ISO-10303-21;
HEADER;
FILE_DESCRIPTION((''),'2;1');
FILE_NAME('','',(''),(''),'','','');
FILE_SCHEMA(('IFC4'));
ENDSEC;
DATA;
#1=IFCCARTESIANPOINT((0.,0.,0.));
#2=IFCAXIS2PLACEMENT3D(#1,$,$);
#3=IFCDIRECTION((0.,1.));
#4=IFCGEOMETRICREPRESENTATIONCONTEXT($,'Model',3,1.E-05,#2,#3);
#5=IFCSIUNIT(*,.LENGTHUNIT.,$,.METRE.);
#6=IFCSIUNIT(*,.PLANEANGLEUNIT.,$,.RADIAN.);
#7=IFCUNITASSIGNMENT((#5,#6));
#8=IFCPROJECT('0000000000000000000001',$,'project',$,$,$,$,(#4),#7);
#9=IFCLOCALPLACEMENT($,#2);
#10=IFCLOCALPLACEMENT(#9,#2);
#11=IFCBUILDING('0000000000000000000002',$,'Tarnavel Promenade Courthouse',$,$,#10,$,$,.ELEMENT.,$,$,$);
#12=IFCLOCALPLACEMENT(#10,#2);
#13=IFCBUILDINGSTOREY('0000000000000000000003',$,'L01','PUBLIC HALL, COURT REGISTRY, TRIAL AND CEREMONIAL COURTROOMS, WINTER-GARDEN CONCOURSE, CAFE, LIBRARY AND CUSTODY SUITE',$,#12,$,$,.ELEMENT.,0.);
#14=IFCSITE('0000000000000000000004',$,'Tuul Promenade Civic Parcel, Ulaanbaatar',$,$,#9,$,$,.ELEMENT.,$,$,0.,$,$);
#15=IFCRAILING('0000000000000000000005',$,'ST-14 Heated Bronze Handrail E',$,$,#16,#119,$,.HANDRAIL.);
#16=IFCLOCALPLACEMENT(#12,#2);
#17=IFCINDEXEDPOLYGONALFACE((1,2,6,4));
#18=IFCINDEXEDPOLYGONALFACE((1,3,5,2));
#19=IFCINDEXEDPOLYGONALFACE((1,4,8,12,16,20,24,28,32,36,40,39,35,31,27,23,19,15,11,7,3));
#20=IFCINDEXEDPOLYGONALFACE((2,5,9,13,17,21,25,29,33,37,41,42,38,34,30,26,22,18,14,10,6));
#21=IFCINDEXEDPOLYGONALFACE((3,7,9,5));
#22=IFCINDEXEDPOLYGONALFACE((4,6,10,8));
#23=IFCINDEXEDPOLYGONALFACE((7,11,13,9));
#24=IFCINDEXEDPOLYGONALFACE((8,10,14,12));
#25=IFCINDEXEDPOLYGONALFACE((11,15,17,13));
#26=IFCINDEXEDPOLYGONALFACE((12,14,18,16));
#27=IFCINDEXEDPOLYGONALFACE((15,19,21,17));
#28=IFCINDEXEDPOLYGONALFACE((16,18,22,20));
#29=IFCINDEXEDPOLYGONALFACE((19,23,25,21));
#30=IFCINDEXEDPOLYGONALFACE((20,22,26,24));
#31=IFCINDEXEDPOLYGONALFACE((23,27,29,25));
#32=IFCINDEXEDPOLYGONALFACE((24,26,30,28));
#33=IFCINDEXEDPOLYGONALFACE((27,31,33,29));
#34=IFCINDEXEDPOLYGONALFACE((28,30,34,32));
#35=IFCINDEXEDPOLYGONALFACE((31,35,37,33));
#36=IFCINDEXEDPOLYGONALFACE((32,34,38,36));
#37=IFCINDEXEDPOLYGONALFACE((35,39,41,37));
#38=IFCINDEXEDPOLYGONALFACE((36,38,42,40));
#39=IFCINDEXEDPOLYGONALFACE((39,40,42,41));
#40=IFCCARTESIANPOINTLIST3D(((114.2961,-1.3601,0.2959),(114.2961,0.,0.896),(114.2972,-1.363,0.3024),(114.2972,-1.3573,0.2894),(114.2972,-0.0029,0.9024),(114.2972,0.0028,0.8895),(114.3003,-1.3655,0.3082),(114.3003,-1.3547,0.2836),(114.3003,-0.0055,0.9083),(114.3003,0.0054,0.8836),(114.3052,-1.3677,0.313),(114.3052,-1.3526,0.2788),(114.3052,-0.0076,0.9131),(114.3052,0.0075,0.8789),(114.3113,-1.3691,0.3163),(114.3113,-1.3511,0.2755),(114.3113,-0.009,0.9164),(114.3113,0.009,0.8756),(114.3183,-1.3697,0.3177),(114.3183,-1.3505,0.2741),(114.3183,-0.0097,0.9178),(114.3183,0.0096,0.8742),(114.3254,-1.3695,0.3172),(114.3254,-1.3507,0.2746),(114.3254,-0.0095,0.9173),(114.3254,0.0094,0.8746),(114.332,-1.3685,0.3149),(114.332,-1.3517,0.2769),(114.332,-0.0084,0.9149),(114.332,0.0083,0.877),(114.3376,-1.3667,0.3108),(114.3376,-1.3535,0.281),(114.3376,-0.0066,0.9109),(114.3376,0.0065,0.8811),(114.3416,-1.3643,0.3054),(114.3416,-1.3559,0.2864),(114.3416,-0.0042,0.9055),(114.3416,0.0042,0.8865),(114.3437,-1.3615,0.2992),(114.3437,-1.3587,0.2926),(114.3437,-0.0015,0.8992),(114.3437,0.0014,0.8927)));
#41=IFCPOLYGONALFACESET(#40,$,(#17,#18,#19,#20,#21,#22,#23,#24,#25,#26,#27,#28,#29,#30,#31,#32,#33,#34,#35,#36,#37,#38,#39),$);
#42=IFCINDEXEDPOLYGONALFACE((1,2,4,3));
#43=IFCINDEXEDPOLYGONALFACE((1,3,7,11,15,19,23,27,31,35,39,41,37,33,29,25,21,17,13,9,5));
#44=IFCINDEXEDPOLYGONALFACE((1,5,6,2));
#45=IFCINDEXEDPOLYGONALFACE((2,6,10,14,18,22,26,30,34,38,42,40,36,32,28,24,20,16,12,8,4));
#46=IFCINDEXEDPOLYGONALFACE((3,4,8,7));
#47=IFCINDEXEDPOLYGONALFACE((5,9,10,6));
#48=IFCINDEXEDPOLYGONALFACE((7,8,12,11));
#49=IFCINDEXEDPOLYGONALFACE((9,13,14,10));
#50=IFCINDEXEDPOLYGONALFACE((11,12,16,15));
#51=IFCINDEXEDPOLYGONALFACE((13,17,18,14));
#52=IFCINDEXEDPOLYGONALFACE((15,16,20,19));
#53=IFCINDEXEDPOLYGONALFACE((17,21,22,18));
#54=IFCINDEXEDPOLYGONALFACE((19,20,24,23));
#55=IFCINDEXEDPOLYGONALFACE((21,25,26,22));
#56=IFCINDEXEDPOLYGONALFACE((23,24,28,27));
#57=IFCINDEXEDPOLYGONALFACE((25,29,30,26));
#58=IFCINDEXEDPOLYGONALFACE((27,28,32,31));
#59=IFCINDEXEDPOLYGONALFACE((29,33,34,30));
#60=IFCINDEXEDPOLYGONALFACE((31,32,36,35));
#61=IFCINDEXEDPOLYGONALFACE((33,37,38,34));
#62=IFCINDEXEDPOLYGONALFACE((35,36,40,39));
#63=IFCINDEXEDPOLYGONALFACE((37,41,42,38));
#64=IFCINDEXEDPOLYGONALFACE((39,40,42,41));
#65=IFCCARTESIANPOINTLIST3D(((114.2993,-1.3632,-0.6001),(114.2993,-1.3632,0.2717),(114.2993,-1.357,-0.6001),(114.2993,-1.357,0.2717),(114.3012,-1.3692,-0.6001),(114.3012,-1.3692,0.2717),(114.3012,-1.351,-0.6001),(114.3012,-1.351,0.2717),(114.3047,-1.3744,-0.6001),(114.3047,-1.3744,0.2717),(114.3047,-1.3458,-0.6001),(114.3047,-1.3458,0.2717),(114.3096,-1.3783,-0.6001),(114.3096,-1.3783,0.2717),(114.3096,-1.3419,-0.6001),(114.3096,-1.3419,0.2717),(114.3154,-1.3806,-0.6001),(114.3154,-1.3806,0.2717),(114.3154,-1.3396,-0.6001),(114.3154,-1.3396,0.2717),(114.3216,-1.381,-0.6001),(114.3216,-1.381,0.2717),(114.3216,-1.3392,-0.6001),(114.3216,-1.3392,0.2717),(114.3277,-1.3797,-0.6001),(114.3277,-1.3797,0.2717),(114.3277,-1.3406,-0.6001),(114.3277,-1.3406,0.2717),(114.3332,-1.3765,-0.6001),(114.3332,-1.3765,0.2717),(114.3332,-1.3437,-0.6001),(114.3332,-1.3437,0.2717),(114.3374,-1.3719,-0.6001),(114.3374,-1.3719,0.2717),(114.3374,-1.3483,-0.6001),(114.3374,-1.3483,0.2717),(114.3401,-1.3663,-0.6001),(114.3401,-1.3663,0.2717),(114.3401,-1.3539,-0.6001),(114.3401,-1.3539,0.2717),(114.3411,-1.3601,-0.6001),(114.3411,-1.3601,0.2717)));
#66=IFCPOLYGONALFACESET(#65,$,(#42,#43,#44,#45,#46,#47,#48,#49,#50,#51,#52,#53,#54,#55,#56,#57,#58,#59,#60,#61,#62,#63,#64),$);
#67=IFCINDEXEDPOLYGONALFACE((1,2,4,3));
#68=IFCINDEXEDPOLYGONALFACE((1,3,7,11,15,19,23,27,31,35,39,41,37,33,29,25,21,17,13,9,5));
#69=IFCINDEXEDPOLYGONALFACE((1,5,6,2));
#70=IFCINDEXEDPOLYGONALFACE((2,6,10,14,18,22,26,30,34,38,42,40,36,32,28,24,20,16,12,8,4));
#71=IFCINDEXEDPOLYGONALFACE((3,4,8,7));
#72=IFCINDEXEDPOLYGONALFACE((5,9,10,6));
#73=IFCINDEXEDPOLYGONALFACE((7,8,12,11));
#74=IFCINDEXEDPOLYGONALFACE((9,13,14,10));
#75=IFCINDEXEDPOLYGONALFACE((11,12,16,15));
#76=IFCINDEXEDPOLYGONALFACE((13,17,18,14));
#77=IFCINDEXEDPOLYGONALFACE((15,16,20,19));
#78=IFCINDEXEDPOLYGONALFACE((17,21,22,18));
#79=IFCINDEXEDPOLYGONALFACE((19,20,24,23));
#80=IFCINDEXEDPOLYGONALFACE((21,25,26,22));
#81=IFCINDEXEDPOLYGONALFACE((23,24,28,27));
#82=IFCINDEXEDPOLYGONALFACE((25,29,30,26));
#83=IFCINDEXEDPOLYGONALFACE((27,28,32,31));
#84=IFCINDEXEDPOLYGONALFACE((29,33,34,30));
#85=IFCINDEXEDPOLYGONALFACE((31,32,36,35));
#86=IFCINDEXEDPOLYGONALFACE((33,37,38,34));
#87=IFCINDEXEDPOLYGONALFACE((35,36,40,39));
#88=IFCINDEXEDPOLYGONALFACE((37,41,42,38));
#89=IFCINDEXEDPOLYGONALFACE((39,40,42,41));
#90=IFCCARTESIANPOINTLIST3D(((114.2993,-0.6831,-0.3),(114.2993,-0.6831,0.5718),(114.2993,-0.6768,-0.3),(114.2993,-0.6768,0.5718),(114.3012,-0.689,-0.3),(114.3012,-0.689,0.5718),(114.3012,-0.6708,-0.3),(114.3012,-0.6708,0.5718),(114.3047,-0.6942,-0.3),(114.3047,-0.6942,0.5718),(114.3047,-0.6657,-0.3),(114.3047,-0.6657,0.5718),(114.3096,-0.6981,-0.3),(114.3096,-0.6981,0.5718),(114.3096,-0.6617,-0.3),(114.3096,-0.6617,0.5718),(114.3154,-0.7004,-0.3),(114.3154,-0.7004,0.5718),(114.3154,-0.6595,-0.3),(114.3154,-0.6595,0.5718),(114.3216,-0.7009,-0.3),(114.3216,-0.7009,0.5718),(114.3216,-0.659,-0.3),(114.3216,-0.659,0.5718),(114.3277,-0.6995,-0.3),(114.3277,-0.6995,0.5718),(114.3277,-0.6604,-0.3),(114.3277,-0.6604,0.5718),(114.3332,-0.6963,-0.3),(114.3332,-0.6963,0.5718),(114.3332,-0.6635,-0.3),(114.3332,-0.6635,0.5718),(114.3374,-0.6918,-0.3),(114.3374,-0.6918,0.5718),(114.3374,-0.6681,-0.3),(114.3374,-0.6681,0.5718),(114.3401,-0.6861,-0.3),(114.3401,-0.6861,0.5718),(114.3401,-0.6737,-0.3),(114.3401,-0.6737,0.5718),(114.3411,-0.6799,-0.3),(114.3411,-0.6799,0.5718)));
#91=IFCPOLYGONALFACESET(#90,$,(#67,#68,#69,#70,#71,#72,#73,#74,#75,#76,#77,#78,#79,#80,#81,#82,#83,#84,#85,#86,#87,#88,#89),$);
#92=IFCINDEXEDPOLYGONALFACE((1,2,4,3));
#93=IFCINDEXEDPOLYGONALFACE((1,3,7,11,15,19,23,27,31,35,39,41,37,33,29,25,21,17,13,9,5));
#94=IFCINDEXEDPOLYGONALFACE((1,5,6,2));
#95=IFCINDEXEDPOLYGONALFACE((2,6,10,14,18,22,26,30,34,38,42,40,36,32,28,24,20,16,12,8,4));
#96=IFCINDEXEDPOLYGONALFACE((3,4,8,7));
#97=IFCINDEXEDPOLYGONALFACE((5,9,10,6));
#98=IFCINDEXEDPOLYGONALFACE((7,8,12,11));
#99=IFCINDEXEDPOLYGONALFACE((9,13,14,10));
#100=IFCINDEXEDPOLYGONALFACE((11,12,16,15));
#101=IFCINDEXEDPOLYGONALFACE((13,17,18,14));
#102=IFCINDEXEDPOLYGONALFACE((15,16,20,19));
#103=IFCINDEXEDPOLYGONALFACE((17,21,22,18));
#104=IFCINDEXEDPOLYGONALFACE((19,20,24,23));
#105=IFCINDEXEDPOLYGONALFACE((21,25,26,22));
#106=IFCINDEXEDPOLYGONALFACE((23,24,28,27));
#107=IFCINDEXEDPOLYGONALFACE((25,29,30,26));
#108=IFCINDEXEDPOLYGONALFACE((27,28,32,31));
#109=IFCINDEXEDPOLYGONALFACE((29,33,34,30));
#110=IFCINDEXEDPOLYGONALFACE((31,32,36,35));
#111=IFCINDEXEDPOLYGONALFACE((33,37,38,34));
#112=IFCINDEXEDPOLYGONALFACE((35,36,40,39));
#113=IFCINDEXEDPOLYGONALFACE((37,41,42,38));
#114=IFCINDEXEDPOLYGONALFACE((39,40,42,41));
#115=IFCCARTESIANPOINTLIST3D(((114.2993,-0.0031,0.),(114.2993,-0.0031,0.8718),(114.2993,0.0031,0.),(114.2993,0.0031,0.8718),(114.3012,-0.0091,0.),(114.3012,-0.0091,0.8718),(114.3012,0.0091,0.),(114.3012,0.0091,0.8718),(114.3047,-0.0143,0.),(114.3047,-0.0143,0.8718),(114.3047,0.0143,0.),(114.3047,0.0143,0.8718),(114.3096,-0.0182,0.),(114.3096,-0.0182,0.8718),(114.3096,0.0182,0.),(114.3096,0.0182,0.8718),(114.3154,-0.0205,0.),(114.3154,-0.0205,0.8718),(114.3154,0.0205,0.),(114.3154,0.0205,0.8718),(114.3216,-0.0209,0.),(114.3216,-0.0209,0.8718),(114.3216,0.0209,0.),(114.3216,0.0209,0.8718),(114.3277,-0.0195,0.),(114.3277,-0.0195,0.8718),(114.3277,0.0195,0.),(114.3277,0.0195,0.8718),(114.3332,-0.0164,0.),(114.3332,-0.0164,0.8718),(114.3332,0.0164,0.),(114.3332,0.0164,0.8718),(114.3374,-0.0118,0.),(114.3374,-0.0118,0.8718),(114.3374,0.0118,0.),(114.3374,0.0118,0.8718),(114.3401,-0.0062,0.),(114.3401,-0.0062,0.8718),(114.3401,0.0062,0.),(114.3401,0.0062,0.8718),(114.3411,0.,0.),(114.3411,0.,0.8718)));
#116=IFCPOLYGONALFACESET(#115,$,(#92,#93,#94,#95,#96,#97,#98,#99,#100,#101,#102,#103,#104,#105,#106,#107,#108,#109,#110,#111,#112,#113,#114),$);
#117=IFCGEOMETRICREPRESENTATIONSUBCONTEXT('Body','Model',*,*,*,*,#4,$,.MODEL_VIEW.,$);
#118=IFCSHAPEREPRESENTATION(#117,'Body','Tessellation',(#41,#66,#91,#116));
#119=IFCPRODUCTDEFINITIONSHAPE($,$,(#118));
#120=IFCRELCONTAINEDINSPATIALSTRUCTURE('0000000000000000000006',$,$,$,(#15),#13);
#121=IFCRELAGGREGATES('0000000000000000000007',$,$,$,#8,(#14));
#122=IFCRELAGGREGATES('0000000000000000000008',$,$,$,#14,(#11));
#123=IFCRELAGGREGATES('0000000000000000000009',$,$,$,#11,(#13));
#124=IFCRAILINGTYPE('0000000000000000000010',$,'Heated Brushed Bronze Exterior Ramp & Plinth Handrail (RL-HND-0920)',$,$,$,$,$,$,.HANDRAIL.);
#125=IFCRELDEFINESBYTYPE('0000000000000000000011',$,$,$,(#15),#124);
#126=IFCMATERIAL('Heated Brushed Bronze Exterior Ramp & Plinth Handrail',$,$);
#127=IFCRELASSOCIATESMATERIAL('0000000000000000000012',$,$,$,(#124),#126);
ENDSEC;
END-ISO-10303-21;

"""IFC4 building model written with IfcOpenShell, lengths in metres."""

from ifc_helpers import new_model, si_unit, direction, frame, origin, origin_2d, place, context, subcontext, project, spatial, circle, extrude, material, type_object, element, save


model = new_model("IFC4")

# Units and contexts
model_context = context("Model", 3, precision=1e-05, world=origin(), true_north=direction((0.0, 1.0)))
body_context = subcontext(model_context, "Body", "Model", "MODEL_VIEW")
ifc_project = project(units=[si_unit("LENGTHUNIT", "METRE"), si_unit("PLANEANGLEUNIT", "RADIAN")], contexts=[model_context])

# Site, building, storey
site_placement = place(None, origin())
site = spatial("IfcSite", under=ifc_project, at=site_placement, Name="Tuul Promenade Civic Parcel, Ulaanbaatar", CompositionType="ELEMENT", RefElevation=0.0)
building_placement = place(site_placement, origin())
building = spatial("IfcBuilding", under=site, at=building_placement, Name="Tarnavel Promenade Courthouse", CompositionType="ELEMENT")
storey_placement = place(building_placement, origin())
storey = spatial("IfcBuildingStorey", under=building, at=storey_placement, Name="L01", Description="PUBLIC HALL, COURT REGISTRY, TRIAL AND CEREMONIAL COURTROOMS, WINTER-GARDEN CONCOURSE, CAFE, LIBRARY AND CUSTODY SUITE", CompositionType="ELEMENT", Elevation=0.0)

# Railing
ifc_material_1 = material(Name="Heated Brushed Bronze Exterior Ramp & Plinth Handrail")
railing_type_1 = type_object("IfcRailingType", Name="Heated Brushed Bronze Exterior Ramp & Plinth Handrail (RL-HND-0920)", PredefinedType="HANDRAIL", material=ifc_material_1)
for number, where, name in (
    (1, (114.3201, -1.3601, -0.6001), "ST-14 Heated Bronze Handrail E"),
):
    element("IfcRailing", number, at=place(storey_placement, frame(where)), inside=storey, type_object=railing_type_1, Name=name, PredefinedType="HANDRAIL", context=body_context, shape_type="SweptSolid", body=[
        extrude(circle(Radius=0.0239, at=origin_2d()), frame((0.0, 0.0, 0.896), z_axis=(0.0, 0.914905, 0.403669), x_axis=(-1.0, 0.0, 0.0)), (0.0, 0.0, 1.0), 1.4866),
        extrude(circle(Radius=0.021, at=origin_2d()), origin(), (0.0, 0.0, 1.0), 0.8718),
        extrude(circle(Radius=0.021, at=origin_2d()), frame((0.0, 0.6802, 0.3)), (0.0, 0.0, 1.0), 0.8718),
        extrude(circle(Radius=0.021, at=origin_2d()), frame((0.0, 1.3601, 0.6001)), (0.0, 0.0, 1.0), 0.8718),
    ])

save(model, "model.ifc")
